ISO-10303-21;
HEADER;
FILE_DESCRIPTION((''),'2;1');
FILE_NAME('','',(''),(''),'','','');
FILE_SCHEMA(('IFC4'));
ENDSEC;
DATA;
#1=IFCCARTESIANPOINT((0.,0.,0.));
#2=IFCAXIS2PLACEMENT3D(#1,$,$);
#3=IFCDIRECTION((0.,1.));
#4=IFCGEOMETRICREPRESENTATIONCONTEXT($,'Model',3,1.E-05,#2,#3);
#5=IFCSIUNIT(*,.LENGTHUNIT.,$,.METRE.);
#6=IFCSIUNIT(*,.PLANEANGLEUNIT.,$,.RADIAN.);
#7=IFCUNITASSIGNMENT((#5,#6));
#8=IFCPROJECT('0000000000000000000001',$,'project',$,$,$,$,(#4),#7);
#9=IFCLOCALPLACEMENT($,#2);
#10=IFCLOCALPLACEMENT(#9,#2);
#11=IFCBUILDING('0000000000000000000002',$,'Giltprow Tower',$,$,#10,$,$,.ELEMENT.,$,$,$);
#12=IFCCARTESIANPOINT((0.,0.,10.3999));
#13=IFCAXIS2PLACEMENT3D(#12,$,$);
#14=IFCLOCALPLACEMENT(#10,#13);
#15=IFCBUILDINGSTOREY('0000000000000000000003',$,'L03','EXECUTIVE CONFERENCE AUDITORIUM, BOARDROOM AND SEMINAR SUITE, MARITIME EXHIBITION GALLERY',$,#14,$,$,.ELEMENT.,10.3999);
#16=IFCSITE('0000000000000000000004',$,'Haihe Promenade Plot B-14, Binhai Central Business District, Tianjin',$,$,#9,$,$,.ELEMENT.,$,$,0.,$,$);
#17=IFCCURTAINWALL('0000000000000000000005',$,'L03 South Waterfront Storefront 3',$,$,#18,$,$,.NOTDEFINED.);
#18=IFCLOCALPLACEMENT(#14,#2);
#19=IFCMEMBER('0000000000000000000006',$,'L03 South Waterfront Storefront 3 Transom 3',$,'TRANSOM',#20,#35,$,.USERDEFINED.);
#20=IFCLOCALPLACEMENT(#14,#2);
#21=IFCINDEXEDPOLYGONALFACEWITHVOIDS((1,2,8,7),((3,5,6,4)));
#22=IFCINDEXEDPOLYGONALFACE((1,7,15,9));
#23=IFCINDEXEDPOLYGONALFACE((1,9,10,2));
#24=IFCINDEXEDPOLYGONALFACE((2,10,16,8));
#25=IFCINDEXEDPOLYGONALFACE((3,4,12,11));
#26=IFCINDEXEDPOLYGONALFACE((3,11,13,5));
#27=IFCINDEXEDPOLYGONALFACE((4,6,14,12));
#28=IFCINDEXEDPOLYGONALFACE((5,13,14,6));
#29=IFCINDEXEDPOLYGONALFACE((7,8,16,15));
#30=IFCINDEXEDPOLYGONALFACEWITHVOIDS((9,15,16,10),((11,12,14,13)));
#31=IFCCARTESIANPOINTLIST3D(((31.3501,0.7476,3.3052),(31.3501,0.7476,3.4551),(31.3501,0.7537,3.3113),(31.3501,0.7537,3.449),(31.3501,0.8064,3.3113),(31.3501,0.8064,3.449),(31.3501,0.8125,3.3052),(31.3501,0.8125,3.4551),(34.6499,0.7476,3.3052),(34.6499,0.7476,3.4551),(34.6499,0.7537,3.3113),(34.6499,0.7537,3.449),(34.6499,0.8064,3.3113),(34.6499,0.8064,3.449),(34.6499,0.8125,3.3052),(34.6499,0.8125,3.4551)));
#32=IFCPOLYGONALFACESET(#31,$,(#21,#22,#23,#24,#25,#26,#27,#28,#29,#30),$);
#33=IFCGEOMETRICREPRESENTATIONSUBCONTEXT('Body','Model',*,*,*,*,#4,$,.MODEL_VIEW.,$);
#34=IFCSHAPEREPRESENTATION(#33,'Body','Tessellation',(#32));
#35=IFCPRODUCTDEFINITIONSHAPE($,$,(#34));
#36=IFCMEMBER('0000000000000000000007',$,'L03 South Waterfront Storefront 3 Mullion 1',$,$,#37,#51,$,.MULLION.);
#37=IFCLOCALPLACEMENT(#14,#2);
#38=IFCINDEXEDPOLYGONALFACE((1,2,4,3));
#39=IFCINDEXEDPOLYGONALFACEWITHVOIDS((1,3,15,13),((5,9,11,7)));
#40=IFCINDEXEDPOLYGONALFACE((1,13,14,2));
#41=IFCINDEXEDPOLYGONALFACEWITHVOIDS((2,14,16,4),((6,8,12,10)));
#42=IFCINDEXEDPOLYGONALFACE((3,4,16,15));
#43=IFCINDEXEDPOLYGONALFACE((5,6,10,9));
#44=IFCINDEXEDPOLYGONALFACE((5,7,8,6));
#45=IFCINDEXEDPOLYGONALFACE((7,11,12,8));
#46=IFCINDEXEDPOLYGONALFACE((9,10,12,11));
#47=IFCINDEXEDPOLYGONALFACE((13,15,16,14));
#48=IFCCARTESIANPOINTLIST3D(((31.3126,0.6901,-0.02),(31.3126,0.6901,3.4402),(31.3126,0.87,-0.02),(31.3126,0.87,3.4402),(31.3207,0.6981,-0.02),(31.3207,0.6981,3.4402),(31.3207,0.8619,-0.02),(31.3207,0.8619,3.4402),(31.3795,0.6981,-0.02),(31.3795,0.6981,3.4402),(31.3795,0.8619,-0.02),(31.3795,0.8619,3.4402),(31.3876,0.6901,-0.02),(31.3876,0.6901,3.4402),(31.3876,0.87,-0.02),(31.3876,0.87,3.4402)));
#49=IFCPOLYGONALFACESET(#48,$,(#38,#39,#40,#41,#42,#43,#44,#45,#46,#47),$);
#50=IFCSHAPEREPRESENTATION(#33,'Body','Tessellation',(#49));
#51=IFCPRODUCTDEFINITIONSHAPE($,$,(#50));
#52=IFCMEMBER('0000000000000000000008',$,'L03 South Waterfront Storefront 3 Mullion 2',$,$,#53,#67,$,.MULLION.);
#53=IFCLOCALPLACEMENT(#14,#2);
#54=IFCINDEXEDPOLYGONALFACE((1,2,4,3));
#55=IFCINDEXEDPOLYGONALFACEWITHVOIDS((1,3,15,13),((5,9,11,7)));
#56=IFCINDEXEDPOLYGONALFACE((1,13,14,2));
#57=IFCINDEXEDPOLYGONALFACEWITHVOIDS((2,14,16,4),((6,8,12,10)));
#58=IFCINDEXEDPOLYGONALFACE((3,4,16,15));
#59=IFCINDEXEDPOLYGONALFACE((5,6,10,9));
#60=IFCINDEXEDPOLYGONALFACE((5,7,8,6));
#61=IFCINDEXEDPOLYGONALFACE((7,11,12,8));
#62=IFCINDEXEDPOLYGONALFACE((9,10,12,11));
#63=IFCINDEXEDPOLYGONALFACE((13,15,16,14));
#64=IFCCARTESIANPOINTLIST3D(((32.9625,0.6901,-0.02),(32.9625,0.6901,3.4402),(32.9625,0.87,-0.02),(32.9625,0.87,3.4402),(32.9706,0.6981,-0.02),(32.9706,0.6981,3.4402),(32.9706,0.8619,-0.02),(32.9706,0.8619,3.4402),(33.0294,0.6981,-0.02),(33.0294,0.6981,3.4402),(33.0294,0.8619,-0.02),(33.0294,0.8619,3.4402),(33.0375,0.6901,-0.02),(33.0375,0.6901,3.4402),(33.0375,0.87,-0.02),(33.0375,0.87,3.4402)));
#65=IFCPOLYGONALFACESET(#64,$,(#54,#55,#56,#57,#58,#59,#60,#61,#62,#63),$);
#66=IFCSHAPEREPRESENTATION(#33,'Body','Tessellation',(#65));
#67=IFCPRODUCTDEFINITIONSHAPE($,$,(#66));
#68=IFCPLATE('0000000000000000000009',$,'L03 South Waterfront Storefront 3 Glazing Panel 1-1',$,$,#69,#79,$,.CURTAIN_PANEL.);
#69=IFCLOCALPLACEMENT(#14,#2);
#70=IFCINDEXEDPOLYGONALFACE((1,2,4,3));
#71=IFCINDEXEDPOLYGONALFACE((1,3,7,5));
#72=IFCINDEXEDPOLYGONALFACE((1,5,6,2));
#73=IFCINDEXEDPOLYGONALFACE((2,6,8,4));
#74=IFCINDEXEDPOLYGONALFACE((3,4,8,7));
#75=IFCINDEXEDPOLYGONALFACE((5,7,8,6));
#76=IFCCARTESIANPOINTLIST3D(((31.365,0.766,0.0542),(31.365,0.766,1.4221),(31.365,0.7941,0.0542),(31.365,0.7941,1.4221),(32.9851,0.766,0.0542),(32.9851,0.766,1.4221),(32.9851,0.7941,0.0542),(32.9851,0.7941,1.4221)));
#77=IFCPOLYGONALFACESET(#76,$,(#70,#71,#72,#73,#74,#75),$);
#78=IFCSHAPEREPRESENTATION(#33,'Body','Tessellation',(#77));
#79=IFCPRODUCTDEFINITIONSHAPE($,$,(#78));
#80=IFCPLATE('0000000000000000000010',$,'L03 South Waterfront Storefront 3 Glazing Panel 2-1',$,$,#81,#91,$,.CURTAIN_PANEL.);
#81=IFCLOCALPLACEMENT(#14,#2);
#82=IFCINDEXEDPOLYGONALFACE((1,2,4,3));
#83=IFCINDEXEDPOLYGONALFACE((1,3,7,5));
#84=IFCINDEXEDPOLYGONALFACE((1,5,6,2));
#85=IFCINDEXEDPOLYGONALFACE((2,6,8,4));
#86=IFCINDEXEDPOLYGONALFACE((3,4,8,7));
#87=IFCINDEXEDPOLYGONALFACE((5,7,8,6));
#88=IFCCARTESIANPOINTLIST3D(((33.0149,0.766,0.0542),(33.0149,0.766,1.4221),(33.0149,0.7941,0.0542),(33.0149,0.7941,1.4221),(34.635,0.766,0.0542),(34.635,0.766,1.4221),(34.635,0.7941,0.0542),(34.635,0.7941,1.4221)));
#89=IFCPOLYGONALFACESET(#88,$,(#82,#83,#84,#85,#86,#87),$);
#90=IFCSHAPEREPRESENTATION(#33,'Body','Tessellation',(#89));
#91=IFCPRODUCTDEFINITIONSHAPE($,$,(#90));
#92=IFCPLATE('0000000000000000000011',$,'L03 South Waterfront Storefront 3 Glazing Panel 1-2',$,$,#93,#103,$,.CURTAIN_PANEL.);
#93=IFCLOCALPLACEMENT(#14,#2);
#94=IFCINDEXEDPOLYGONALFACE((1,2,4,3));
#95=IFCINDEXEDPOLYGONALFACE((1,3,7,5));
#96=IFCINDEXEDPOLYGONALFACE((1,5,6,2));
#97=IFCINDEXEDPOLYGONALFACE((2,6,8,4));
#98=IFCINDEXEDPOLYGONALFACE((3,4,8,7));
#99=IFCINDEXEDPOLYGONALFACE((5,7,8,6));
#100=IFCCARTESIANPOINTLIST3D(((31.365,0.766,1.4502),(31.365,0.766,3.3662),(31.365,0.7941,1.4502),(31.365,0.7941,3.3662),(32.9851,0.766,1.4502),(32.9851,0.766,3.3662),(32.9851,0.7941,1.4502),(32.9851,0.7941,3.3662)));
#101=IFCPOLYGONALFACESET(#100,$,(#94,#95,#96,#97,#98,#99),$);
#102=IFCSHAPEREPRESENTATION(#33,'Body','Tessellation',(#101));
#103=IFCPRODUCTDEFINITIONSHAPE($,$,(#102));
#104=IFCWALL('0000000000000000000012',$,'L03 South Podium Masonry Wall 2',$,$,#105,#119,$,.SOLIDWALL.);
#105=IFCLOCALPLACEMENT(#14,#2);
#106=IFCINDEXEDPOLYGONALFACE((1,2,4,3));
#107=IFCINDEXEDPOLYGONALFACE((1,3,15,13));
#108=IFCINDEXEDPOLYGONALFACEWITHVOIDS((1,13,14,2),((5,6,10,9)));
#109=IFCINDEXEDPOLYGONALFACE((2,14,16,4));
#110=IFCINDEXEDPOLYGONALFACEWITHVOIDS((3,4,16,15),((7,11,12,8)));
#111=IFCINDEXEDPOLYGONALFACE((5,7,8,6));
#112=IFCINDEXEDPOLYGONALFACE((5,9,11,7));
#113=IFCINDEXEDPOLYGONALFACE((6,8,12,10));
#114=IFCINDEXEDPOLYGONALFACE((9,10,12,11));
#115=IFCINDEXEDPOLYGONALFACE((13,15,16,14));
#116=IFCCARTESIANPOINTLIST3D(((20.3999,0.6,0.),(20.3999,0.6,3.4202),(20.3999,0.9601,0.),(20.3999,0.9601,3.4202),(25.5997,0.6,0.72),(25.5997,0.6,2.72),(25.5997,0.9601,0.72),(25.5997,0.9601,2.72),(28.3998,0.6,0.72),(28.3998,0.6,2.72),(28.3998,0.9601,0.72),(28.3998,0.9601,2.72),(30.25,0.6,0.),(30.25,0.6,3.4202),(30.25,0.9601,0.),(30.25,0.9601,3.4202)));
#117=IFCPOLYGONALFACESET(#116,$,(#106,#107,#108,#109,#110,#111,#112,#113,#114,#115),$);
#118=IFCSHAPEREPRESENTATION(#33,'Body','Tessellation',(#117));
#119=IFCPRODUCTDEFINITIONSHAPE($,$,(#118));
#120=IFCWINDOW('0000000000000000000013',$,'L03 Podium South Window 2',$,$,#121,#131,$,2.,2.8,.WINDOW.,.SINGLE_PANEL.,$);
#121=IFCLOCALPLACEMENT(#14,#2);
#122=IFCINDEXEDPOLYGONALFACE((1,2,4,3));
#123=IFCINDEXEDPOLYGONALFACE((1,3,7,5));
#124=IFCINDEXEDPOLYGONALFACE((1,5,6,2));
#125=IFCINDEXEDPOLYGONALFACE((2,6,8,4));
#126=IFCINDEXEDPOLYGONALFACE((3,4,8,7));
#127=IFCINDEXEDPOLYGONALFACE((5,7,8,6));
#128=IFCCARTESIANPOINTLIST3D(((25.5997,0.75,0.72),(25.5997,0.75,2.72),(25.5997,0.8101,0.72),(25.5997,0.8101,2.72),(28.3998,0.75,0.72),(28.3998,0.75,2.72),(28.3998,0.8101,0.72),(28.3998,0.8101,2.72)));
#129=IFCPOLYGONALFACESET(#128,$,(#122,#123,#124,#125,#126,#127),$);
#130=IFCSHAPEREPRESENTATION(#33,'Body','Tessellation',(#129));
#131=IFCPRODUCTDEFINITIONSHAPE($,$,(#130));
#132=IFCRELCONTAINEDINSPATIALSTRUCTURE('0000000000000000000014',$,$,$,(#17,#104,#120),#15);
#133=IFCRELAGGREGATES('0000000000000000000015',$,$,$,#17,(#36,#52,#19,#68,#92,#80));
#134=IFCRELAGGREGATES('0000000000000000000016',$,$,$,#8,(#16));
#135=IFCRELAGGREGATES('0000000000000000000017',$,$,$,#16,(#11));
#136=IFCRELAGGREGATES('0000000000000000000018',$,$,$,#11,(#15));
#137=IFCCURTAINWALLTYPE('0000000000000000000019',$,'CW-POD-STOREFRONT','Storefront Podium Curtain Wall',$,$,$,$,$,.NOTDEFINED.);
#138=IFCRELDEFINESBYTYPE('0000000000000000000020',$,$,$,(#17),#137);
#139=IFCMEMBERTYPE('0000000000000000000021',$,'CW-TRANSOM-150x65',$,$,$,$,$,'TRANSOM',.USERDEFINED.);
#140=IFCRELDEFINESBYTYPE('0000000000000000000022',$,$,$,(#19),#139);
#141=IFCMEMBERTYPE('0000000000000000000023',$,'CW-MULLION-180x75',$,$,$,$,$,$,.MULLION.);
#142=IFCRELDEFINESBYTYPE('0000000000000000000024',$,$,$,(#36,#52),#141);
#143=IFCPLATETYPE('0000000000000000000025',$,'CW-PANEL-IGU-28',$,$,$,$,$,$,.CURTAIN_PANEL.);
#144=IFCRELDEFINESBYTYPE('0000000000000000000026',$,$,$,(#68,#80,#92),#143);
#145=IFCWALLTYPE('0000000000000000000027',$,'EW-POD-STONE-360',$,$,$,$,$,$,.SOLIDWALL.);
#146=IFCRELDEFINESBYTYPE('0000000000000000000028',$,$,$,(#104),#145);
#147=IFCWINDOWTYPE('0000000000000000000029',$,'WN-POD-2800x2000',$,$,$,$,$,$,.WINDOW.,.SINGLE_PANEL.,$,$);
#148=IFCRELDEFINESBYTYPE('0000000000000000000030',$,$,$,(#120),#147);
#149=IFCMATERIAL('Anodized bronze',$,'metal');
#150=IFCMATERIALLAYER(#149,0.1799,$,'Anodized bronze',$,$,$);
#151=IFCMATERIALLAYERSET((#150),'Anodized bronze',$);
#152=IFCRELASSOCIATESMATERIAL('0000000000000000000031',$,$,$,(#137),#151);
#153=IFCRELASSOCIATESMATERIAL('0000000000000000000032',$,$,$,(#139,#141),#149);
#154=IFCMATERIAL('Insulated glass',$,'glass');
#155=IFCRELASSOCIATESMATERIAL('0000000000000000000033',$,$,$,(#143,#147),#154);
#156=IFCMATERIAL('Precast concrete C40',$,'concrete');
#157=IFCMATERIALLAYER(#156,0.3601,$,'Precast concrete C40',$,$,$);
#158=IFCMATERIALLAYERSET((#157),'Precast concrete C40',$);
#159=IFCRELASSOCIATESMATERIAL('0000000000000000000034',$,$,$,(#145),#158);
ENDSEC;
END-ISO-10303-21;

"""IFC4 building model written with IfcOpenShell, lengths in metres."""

from ifc_helpers import new_model, si_unit, direction, frame, frame_2d, origin, origin_2d, place, context, subcontext, project, spatial, rectangle, hollow_rectangle, extrude, source, transform, mapped, material, layer, layer_set, material_profile, profile_set, type_object, element, fill, aggregate, save


model = new_model("IFC4")

# Units and contexts
model_context = context("Model", 3, precision=1e-05, world=origin(), true_north=direction((0.0, 1.0)))
body_context = subcontext(model_context, "Body", "Model", "MODEL_VIEW")
ifc_project = project(units=[si_unit("LENGTHUNIT", "METRE"), si_unit("PLANEANGLEUNIT", "RADIAN")], contexts=[model_context])

# Site, building, storey
site_placement = place(None, origin())
site = spatial("IfcSite", under=ifc_project, at=site_placement, Name="Haihe Promenade Plot B-14, Binhai Central Business District, Tianjin", CompositionType="ELEMENT", RefElevation=0.0)
building_placement = place(site_placement, origin())
building = spatial("IfcBuilding", under=site, at=building_placement, Name="Giltprow Tower", CompositionType="ELEMENT")
storey_placement = place(building_placement, frame((0.0, 0.0, 10.3999)))
storey = spatial("IfcBuildingStorey", under=building, at=storey_placement, Name="L03", Description="EXECUTIVE CONFERENCE AUDITORIUM, BOARDROOM AND SEMINAR SUITE, MARITIME EXHIBITION GALLERY", CompositionType="ELEMENT", Elevation=10.3999)

# Curtain wall, members, plates
ifc_material_1 = material(Name="Anodized bronze", Category="metal")
ifc_layer_1 = layer(ifc_material_1, 0.1799, Name="Anodized bronze")
ifc_layer_set_1 = layer_set([ifc_layer_1], Name="Anodized bronze")
curtain_wall_type = type_object("IfcCurtainWallType", Name="CW-POD-STOREFRONT", Description="Storefront Podium Curtain Wall", PredefinedType="NOTDEFINED", material=ifc_layer_set_1)
curtain_wall_placement = place(storey_placement, origin())
curtain_wall = element("IfcCurtainWall", 1, at=curtain_wall_placement, inside=storey, type_object=curtain_wall_type, Name="L03 South Waterfront Storefront 3", PredefinedType="NOTDEFINED")
ifc_material_profile_1 = material_profile(ifc_material_1, hollow_rectangle(XDim=0.0649, YDim=0.1499, WallThickness=0.0061, at=origin_2d()), Name="RHS 150x65x6")
ifc_profile_set_1 = profile_set([ifc_material_profile_1], Name="Anodized bronze")
member_type_1 = type_object("IfcMemberType", Name="CW-TRANSOM-150x65", ElementType="TRANSOM", PredefinedType="USERDEFINED", material=ifc_profile_set_1)
shared_shape_1 = source(origin(), body_context, "Body", "SweptSolid", [
    extrude(hollow_rectangle(XDim=0.0649, YDim=0.1499, WallThickness=0.0061, at=origin_2d()), origin(), (0.0, 0.0, 1.0), 3.2998),
])
member_1_placement = place(storey_placement, frame((31.3501, 0.78, 3.3801), z_axis=(1.0, 0.0, 0.0), x_axis=(0.0, 1.0, 0.0)))
member_1 = element("IfcMember", 2, at=member_1_placement, type_object=member_type_1, Name="L03 South Waterfront Storefront 3 Transom 3", ObjectType="TRANSOM", PredefinedType="USERDEFINED", context=body_context, shape_type="MappedRepresentation", body=[
    mapped(shared_shape_1, transform((0.0, 0.0, 0.0), x_axis=(1.0, 0.0, 0.0), y_axis=(0.0, 1.0, 0.0), z_axis=(0.0, 0.0, 1.0), scale=1.0)),
])
ifc_material_profile_2 = material_profile(ifc_material_1, hollow_rectangle(XDim=0.075, YDim=0.1799, WallThickness=0.0081, at=origin_2d()), Name="RHS 180x75x8")
ifc_profile_set_2 = profile_set([ifc_material_profile_2], Name="Anodized bronze")
member_type_2 = type_object("IfcMemberType", Name="CW-MULLION-180x75", PredefinedType="MULLION", material=ifc_profile_set_2)
shared_shape_2 = source(origin(), body_context, "Body", "SweptSolid", [
    extrude(hollow_rectangle(XDim=0.075, YDim=0.1799, WallThickness=0.0081, at=origin_2d()), origin(), (0.0, 0.0, 1.0), 3.4602),
])
member_2_placement = place(storey_placement, frame((31.3501, 0.78, -0.02), z_axis=(0.0, 0.0, 1.0), x_axis=(1.0, 0.0, 0.0)))
member_2 = element("IfcMember", 3, at=member_2_placement, type_object=member_type_2, Name="L03 South Waterfront Storefront 3 Mullion 1", PredefinedType="MULLION", context=body_context, shape_type="MappedRepresentation", body=[
    mapped(shared_shape_2, transform((0.0, 0.0, 0.0), x_axis=(1.0, 0.0, 0.0), y_axis=(0.0, 1.0, 0.0), z_axis=(0.0, 0.0, 1.0), scale=1.0)),
])
member_3_placement = place(storey_placement, frame((33.0, 0.78, -0.02), z_axis=(0.0, 0.0, 1.0), x_axis=(1.0, 0.0, 0.0)))
member_3 = element("IfcMember", 4, at=member_3_placement, type_object=member_type_2, Name="L03 South Waterfront Storefront 3 Mullion 2", PredefinedType="MULLION", context=body_context, shape_type="MappedRepresentation", body=[
    mapped(shared_shape_2, transform((0.0, 0.0, 0.0), x_axis=(1.0, 0.0, 0.0), y_axis=(0.0, 1.0, 0.0), z_axis=(0.0, 0.0, 1.0), scale=1.0)),
])
ifc_material_2 = material(Name="Insulated glass", Category="glass")
plate_type = type_object("IfcPlateType", Name="CW-PANEL-IGU-28", PredefinedType="CURTAIN_PANEL", material=ifc_material_2)
shared_shape_3 = source(origin(), body_context, "Body", "SweptSolid", [
    extrude(rectangle(XDim=1.6201, YDim=0.0281, at=origin_2d()), origin(), (0.0, 0.0, 1.0), 1.3679),
])
plate_1_placement = place(storey_placement, frame((32.175, 0.78, 0.0542), z_axis=(0.0, 0.0, 1.0), x_axis=(1.0, 0.0, 0.0)))
plate_1 = element("IfcPlate", 5, at=plate_1_placement, type_object=plate_type, Name="L03 South Waterfront Storefront 3 Glazing Panel 1-1", PredefinedType="CURTAIN_PANEL", context=body_context, shape_type="MappedRepresentation", body=[
    mapped(shared_shape_3, transform((0.0, 0.0, 0.0), x_axis=(1.0, 0.0, 0.0), y_axis=(0.0, 1.0, 0.0), z_axis=(0.0, 0.0, 1.0), scale=1.0)),
])
plate_2_placement = place(storey_placement, frame((33.825, 0.78, 0.0542), z_axis=(0.0, 0.0, 1.0), x_axis=(1.0, 0.0, 0.0)))
plate_2 = element("IfcPlate", 6, at=plate_2_placement, type_object=plate_type, Name="L03 South Waterfront Storefront 3 Glazing Panel 2-1", PredefinedType="CURTAIN_PANEL", context=body_context, shape_type="MappedRepresentation", body=[
    mapped(shared_shape_3, transform((0.0, 0.0, 0.0), x_axis=(1.0, 0.0, 0.0), y_axis=(0.0, 1.0, 0.0), z_axis=(0.0, 0.0, 1.0), scale=1.0)),
])
shared_shape_4 = source(origin(), body_context, "Body", "SweptSolid", [
    extrude(rectangle(XDim=1.6201, YDim=0.0281, at=origin_2d()), origin(), (0.0, 0.0, 1.0), 1.916),
])
plate_3_placement = place(storey_placement, frame((32.175, 0.78, 1.4502), z_axis=(0.0, 0.0, 1.0), x_axis=(1.0, 0.0, 0.0)))
plate_3 = element("IfcPlate", 7, at=plate_3_placement, type_object=plate_type, Name="L03 South Waterfront Storefront 3 Glazing Panel 1-2", PredefinedType="CURTAIN_PANEL", context=body_context, shape_type="MappedRepresentation", body=[
    mapped(shared_shape_4, transform((0.0, 0.0, 0.0), x_axis=(1.0, 0.0, 0.0), y_axis=(0.0, 1.0, 0.0), z_axis=(0.0, 0.0, 1.0), scale=1.0)),
])
aggregate(curtain_wall, [member_2, member_3, member_1, plate_1, plate_3, plate_2])

# Wall, opening, window
ifc_material_3 = material(Name="Precast concrete C40", Category="concrete")
ifc_layer_2 = layer(ifc_material_3, 0.3601, Name="Precast concrete C40")
ifc_layer_set_2 = layer_set([ifc_layer_2], Name="Precast concrete C40")
wall_type_1 = type_object("IfcWallType", Name="EW-POD-STONE-360", PredefinedType="SOLIDWALL", material=ifc_layer_set_2)
wall_1_placement = place(storey_placement, frame((20.3999, 0.78, 0.0), z_axis=(0.0, 0.0, 1.0), x_axis=(1.0, 0.0, 0.0)))
wall_1 = element("IfcWall", 8, at=wall_1_placement, inside=storey, type_object=wall_type_1, Name="L03 South Podium Masonry Wall 2", PredefinedType="SOLIDWALL", context=body_context, shape_type="SweptSolid", body=[
    extrude(rectangle(XDim=9.8501, YDim=0.3601, at=frame_2d((4.925, 0.0))), origin(), (0.0, 0.0, 1.0), 3.4202),
])
opening_1_placement = place(wall_1_placement, frame((5.2, 0.0, 0.72)))
opening_1 = element("IfcOpeningElement", 9, at=opening_1_placement, cuts=wall_1, PredefinedType="OPENING", context=body_context, shape_type="SweptSolid", body=[
    extrude(rectangle(XDim=2.8, YDim=2.0, at=frame_2d((1.3999, 1.0))), frame((0.0, 0.1899, 0.0), z_axis=(0.0, -1.0, 0.0), x_axis=(1.0, 0.0, 0.0)), (0.0, 0.0, 1.0), 0.3801),
])
window_type = type_object("IfcWindowType", Name="WN-POD-2800x2000", PartitioningType="SINGLE_PANEL", PredefinedType="WINDOW", material=ifc_material_2)
shared_shape_5 = source(origin(), body_context, "Body", "SweptSolid", [
    extrude(rectangle(XDim=2.8, YDim=2.0, at=frame_2d((1.3999, 1.0))), frame((0.0, 0.03, 0.0), z_axis=(0.0, -1.0, 0.0), x_axis=(1.0, 0.0, 0.0)), (0.0, 0.0, 1.0), 0.0601),
])
window_placement = place(opening_1_placement, origin())
window = element("IfcWindow", 10, at=window_placement, inside=storey, type_object=window_type, Name="L03 Podium South Window 2", OverallHeight=2.0, OverallWidth=2.8, PartitioningType="SINGLE_PANEL", PredefinedType="WINDOW", context=body_context, shape_type="MappedRepresentation", body=[
    mapped(shared_shape_5, transform((0.0, 0.0, 0.0), x_axis=(1.0, 0.0, 0.0), y_axis=(0.0, 1.0, 0.0), z_axis=(0.0, 0.0, 1.0), scale=1.0)),
])
fill(opening_1, window)

save(model, "model.ifc")
